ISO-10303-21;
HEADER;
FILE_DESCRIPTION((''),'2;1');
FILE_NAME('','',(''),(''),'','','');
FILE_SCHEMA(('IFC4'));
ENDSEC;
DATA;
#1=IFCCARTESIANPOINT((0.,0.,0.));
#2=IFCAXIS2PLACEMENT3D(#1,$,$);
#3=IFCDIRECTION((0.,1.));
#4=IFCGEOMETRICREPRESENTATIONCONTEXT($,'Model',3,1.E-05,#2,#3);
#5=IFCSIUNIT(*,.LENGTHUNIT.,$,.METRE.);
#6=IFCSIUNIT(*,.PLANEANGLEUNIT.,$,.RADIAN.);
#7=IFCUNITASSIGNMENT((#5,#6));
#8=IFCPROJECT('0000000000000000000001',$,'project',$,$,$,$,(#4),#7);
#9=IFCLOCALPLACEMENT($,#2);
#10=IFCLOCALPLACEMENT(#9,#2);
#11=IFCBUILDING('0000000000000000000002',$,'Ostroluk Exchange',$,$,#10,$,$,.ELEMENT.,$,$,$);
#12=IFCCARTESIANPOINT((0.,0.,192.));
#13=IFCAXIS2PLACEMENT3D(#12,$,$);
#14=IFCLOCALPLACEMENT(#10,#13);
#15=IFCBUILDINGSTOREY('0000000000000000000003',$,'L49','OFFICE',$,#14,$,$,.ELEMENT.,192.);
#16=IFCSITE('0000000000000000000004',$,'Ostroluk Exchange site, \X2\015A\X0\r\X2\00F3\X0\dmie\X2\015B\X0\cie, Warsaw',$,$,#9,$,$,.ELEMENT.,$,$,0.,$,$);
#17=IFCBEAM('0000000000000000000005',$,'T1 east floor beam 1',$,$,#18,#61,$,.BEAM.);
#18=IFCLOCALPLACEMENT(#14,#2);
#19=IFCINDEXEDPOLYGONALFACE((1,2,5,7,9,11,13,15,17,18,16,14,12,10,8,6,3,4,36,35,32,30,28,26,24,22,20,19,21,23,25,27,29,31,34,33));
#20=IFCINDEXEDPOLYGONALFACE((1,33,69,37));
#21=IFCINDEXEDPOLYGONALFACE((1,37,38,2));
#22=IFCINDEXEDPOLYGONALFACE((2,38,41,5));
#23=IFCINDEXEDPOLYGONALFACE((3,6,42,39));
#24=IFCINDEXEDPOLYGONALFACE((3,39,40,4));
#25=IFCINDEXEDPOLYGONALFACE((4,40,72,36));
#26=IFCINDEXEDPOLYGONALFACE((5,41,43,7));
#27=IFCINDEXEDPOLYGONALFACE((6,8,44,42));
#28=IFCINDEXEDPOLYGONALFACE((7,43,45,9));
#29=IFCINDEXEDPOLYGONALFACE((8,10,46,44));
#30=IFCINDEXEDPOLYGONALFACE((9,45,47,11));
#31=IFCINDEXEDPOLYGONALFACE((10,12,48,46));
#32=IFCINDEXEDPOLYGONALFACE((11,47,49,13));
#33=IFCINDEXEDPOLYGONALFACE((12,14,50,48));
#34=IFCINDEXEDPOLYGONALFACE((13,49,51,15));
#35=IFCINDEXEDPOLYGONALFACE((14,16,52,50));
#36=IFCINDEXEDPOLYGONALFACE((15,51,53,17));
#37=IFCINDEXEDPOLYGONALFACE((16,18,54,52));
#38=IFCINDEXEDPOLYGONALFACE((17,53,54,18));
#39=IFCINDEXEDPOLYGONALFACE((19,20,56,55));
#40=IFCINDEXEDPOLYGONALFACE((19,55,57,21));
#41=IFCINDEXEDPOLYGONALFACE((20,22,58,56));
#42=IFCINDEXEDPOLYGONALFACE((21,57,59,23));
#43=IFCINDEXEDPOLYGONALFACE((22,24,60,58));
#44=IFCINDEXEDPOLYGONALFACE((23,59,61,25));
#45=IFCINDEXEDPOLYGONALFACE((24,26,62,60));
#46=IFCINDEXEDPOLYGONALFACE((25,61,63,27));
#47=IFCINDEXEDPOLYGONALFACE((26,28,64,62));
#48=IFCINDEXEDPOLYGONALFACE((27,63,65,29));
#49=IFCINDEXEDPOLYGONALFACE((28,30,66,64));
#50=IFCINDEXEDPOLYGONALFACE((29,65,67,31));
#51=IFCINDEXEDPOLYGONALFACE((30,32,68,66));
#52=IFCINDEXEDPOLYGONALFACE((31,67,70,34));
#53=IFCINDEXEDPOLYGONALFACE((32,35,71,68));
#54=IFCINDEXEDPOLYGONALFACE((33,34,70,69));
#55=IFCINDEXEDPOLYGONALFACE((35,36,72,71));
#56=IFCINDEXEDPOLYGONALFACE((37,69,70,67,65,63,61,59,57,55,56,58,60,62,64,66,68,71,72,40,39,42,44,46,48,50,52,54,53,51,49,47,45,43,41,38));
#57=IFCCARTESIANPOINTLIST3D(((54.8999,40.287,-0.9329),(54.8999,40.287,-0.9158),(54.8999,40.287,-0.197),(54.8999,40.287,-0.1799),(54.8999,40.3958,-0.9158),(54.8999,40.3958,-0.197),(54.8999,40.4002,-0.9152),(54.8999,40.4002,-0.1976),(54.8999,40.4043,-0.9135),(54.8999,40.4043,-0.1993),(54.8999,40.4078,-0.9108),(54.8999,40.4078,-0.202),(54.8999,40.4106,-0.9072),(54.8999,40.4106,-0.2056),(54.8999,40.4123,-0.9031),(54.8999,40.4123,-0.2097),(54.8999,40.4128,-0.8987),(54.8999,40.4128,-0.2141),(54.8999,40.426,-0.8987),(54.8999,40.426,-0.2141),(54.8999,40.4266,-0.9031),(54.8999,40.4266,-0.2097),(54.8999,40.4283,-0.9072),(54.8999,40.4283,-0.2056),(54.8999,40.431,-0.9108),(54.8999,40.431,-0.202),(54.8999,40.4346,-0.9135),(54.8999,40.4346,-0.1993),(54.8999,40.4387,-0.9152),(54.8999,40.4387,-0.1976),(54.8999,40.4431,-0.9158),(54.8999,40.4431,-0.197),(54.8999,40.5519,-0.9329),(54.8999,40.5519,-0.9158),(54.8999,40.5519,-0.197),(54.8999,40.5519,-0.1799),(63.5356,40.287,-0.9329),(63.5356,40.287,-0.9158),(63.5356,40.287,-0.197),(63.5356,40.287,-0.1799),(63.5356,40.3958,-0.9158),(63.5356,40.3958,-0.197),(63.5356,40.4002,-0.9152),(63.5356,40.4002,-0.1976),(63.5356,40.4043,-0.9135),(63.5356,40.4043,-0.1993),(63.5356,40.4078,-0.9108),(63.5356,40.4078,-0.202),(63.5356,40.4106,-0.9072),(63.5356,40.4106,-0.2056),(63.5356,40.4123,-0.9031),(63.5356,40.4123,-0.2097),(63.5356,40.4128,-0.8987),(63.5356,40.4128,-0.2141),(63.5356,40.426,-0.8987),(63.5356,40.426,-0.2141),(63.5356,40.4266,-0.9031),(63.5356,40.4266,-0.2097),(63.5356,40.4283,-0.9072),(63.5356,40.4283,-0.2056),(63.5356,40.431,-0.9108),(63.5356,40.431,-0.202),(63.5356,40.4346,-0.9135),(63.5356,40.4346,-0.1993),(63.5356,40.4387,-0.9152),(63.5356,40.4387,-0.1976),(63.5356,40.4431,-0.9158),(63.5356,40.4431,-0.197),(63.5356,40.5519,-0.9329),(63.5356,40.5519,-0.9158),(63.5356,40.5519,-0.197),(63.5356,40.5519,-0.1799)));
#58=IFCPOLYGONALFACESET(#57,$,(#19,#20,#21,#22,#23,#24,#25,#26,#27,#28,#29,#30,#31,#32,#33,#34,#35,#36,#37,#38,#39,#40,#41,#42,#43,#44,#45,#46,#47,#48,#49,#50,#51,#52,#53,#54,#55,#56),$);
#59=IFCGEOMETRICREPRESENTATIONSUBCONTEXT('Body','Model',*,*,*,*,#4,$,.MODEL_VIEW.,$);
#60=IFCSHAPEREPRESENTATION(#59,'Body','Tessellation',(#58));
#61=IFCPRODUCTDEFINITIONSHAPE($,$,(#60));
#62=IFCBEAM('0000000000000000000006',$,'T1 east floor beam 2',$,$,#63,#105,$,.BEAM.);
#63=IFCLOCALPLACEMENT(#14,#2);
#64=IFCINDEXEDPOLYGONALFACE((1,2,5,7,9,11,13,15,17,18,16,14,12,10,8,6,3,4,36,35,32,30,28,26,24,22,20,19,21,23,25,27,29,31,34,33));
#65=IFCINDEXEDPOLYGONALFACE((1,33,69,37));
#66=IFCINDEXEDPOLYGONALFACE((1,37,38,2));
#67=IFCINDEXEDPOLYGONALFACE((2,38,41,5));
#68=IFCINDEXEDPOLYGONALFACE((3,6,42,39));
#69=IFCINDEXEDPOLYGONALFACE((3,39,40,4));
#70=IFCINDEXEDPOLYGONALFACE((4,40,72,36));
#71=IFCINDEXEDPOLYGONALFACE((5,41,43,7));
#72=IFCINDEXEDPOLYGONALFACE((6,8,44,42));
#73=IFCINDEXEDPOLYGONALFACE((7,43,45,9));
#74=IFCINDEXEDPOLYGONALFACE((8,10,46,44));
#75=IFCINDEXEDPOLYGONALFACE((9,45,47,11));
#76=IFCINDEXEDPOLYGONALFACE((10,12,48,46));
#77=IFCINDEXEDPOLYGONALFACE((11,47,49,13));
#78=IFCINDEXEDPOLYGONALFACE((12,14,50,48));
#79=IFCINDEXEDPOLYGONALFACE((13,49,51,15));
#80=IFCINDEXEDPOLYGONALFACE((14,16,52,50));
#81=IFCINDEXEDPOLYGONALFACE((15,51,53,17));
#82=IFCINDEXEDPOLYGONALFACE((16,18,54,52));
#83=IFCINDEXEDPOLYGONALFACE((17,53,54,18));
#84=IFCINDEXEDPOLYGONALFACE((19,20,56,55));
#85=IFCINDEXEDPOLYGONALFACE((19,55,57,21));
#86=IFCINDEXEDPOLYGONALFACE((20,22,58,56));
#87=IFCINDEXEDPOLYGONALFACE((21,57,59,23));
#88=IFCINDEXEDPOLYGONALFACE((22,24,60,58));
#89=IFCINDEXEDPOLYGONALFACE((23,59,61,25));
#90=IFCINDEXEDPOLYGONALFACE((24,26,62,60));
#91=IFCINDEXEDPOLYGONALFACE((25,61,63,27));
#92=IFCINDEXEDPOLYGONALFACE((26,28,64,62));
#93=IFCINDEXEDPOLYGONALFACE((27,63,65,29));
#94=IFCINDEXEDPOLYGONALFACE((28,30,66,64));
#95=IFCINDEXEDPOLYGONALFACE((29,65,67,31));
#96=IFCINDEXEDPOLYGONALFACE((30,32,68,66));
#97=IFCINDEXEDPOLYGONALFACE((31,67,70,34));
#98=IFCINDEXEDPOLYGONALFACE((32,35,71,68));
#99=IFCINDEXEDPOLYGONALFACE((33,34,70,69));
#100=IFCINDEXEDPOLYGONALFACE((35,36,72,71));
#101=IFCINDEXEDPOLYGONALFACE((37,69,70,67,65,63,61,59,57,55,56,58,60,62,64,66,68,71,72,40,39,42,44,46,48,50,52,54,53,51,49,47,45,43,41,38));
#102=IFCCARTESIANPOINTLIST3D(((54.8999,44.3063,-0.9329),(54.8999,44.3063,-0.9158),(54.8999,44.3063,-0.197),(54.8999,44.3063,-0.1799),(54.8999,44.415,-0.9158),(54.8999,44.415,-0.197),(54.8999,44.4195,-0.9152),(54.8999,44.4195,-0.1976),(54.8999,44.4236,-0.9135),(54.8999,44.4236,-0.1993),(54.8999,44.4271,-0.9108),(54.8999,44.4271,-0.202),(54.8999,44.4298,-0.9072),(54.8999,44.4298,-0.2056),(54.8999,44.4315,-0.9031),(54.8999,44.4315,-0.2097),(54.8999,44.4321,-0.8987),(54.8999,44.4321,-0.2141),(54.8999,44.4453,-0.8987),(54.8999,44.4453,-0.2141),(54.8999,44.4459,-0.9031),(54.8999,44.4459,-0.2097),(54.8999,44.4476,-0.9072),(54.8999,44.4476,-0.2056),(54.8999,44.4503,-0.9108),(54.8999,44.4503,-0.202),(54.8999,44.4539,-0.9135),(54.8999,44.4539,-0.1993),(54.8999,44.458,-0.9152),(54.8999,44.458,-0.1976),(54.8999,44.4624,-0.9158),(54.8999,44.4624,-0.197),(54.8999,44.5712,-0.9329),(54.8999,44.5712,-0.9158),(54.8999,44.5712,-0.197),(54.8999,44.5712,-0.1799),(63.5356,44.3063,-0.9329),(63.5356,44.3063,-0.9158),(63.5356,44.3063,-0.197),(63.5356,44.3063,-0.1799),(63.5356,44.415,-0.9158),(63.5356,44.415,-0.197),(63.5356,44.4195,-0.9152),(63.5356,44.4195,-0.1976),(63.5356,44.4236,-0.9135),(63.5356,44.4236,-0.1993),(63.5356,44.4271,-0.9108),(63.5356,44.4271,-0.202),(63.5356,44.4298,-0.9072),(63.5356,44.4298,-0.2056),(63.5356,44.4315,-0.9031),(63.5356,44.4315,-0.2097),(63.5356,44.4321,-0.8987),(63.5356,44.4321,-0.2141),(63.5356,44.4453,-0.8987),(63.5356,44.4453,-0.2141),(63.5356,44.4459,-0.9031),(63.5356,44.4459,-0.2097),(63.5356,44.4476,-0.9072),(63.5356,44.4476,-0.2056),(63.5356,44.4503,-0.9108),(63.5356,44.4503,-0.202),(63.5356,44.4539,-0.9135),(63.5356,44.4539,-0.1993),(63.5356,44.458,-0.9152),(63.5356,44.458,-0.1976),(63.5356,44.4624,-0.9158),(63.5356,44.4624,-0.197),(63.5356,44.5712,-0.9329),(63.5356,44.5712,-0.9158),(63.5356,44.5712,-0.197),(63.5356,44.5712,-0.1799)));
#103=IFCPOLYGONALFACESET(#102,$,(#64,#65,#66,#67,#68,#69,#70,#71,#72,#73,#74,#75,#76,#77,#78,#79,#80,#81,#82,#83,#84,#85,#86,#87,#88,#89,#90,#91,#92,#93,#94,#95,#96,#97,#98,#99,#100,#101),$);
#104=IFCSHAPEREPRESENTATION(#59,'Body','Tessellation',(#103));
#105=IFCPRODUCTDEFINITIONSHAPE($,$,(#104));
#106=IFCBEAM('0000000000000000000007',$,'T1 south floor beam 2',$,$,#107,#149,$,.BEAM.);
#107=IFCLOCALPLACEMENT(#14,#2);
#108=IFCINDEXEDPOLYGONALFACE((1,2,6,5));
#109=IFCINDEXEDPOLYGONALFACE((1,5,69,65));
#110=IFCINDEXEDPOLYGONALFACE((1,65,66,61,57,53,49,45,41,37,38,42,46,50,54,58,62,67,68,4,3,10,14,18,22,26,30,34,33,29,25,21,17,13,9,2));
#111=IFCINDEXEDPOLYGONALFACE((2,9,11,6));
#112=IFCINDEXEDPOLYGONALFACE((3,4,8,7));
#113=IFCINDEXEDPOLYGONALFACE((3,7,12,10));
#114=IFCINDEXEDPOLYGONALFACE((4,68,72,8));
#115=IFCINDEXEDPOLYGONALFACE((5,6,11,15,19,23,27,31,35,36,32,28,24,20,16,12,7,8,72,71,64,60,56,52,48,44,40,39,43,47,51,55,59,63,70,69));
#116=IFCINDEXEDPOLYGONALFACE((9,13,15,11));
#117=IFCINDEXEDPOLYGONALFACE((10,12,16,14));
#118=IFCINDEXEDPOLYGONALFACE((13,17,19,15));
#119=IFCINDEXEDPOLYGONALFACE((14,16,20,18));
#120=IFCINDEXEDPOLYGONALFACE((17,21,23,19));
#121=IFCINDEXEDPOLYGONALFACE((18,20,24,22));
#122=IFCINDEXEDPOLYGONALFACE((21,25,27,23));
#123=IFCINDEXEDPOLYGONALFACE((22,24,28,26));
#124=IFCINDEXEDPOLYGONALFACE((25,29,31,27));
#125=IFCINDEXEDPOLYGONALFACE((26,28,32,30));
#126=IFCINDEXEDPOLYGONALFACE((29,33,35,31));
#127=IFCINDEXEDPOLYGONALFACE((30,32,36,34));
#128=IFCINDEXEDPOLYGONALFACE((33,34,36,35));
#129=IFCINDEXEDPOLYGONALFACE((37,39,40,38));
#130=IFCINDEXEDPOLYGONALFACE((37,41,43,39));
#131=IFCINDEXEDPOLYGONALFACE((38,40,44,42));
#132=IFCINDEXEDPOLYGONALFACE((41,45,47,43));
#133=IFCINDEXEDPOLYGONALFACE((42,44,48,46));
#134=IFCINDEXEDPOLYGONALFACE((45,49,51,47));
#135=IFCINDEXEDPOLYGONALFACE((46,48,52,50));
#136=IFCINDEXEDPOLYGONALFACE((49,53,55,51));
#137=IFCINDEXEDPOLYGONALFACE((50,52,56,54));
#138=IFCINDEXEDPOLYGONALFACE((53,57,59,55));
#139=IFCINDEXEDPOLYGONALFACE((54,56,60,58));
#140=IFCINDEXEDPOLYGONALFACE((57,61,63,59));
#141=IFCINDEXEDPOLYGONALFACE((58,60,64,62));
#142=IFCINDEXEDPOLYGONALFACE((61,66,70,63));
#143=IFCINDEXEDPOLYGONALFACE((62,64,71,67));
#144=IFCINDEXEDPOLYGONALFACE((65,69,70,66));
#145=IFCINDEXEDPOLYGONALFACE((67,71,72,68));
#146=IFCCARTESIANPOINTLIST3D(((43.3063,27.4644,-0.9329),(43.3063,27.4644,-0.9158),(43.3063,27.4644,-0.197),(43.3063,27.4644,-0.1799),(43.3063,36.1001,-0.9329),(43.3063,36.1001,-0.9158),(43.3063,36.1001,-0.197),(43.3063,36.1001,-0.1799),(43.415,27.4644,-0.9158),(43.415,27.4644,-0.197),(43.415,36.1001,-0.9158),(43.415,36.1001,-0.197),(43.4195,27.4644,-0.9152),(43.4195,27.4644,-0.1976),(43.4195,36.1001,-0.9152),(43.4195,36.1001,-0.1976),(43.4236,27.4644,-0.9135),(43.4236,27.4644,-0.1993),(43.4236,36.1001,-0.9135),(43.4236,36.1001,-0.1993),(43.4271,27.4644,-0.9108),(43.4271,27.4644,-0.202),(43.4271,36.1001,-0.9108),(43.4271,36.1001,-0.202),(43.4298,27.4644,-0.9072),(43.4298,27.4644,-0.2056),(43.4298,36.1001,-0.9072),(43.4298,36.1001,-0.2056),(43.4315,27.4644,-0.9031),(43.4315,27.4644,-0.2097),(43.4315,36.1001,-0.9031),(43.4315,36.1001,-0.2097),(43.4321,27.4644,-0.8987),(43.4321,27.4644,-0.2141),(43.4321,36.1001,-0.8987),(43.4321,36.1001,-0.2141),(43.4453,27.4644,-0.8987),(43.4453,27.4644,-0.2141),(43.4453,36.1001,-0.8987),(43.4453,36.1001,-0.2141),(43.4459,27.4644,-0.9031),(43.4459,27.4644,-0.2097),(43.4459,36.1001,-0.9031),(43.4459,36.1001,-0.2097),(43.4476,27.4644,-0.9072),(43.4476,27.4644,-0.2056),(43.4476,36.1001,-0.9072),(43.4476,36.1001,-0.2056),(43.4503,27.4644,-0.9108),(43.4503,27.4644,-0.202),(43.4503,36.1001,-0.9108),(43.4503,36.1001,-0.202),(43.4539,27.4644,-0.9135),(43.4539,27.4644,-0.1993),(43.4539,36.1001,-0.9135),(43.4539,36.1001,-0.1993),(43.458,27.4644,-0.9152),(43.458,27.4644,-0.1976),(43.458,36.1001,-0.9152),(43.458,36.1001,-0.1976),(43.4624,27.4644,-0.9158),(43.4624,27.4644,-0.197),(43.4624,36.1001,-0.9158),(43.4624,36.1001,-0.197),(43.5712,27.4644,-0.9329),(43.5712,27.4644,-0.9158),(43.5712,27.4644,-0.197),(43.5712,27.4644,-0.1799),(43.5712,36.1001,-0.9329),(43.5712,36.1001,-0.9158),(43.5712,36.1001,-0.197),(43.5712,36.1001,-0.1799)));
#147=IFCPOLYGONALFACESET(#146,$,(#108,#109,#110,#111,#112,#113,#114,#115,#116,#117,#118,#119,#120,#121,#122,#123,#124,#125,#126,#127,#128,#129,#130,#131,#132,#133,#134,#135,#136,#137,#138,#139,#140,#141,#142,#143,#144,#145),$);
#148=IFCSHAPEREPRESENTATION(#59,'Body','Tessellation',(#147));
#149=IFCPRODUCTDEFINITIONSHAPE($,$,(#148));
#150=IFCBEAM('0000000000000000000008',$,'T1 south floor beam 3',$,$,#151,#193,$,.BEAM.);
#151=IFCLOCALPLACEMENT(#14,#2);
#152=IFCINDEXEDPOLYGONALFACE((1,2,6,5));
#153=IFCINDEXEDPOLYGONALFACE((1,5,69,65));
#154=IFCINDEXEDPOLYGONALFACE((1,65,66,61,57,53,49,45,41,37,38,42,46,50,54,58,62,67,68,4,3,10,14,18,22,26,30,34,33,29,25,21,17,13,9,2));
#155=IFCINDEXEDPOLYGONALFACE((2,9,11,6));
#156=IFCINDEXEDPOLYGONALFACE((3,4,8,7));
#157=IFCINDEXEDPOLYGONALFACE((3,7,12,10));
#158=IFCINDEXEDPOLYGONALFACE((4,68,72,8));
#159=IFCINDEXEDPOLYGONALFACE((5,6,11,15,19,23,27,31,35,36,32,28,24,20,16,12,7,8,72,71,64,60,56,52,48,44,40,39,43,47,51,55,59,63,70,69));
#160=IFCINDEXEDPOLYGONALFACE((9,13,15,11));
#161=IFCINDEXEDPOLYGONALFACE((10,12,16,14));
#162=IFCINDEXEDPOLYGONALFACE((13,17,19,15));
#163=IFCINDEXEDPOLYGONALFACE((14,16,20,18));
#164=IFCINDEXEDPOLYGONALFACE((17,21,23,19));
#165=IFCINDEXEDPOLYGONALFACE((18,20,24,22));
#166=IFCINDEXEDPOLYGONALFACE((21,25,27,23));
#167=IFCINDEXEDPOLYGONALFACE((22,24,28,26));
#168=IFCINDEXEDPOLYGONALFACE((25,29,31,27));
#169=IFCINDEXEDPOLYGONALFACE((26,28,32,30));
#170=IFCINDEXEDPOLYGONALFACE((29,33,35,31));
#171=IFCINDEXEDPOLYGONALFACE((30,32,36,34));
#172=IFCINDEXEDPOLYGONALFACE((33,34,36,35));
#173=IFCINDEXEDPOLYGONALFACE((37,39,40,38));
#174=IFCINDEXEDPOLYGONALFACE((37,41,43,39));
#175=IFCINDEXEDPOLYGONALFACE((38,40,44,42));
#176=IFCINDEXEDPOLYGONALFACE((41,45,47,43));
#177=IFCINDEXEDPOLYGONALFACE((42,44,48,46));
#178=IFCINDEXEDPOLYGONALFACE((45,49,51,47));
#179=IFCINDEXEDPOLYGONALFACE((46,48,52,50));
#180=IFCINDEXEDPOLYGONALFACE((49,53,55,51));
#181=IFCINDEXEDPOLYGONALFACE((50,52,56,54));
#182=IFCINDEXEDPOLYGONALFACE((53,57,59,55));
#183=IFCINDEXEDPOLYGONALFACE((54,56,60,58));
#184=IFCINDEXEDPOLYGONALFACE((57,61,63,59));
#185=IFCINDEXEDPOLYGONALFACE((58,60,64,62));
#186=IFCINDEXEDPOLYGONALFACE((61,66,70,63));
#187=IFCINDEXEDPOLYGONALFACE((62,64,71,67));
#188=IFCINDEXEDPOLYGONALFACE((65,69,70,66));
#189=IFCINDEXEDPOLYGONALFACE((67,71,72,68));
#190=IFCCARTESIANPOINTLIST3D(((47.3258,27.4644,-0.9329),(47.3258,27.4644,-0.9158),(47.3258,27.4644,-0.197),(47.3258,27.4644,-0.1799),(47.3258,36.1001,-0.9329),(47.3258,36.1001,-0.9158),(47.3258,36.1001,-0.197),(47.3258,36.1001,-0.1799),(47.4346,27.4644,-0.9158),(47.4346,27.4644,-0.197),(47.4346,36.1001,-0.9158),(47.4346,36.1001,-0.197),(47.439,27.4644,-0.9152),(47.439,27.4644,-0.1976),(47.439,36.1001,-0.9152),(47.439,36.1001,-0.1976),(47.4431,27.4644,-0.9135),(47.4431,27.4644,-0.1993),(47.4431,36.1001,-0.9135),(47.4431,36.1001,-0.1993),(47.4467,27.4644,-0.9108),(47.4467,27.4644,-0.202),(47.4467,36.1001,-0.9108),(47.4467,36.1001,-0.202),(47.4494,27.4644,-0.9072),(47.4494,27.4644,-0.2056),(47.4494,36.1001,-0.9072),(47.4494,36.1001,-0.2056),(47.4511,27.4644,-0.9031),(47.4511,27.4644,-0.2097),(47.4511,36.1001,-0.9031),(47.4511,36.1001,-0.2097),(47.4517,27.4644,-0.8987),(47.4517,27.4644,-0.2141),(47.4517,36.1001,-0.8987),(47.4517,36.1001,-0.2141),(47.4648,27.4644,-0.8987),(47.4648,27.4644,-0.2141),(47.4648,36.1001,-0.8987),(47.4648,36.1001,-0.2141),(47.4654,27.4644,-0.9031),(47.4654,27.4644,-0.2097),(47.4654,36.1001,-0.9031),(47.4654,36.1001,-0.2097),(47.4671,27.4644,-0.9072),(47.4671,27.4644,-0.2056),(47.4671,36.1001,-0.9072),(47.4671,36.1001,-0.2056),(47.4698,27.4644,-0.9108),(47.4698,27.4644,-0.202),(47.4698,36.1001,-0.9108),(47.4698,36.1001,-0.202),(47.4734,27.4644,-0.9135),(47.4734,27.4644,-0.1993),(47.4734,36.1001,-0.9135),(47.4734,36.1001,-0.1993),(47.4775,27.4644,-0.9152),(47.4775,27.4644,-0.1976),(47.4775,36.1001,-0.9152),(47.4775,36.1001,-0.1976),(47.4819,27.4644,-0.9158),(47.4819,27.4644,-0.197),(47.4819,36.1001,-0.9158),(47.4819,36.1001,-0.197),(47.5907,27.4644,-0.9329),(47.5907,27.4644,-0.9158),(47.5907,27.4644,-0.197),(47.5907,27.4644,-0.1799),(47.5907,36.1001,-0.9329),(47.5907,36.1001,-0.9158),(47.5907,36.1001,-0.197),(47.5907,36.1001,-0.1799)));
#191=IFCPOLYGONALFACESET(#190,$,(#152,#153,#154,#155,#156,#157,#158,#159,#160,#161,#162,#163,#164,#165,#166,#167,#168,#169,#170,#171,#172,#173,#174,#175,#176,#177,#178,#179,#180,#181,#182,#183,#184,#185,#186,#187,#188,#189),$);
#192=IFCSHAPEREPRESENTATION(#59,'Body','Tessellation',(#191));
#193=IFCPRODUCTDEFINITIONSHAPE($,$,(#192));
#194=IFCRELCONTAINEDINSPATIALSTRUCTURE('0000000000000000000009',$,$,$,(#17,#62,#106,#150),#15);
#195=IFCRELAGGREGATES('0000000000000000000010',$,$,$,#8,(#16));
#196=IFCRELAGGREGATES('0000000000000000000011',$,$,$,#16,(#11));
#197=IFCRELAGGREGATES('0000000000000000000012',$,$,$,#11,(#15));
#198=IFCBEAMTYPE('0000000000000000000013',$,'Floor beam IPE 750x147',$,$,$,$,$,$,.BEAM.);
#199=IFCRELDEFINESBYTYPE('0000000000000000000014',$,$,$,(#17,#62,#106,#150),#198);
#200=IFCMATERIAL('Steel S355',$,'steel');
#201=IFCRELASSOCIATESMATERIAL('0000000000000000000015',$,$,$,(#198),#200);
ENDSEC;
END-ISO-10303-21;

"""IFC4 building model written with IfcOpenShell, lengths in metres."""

from ifc_helpers import new_model, si_unit, direction, frame, origin, origin_2d, place, context, subcontext, project, spatial, i_section, extrude, material, material_profile, profile_set, type_object, element, save


model = new_model("IFC4")

# Units and contexts
model_context = context("Model", 3, precision=1e-05, world=origin(), true_north=direction((0.0, 1.0)))
body_context = subcontext(model_context, "Body", "Model", "MODEL_VIEW")
ifc_project = project(units=[si_unit("LENGTHUNIT", "METRE"), si_unit("PLANEANGLEUNIT", "RADIAN")], contexts=[model_context])

# Site, building, storey
site_placement = place(None, origin())
site = spatial("IfcSite", under=ifc_project, at=site_placement, Name="Ostroluk Exchange site, Śródmieście, Warsaw", CompositionType="ELEMENT", RefElevation=0.0)
building_placement = place(site_placement, origin())
building = spatial("IfcBuilding", under=site, at=building_placement, Name="Ostroluk Exchange", CompositionType="ELEMENT")
storey_placement = place(building_placement, frame((0.0, 0.0, 192.0)))
storey = spatial("IfcBuildingStorey", under=building, at=storey_placement, Name="L49", Description="OFFICE", CompositionType="ELEMENT", Elevation=192.0)

# Beams
ifc_material_1 = material(Name="Steel S355", Category="steel")
ifc_material_profile_1 = material_profile(ifc_material_1, i_section(OverallWidth=0.2649, OverallDepth=0.7529, WebThickness=0.0132, FlangeThickness=0.0171, FilletRadius=0.0171, at=origin_2d()), Name="IPE 750x147")
ifc_profile_set_1 = profile_set([ifc_material_profile_1], Name="Steel S355")
beam_type_1 = type_object("IfcBeamType", Name="Floor beam IPE 750x147", PredefinedType="BEAM", material=ifc_profile_set_1)
for number, where, z_axis, x_axis, name in (
    (1, (54.8999, 40.4194, -0.5564), (1.0, 0.0, 0.0), (0.0, 1.0, 0.0), "T1 east floor beam 1"),
    (2, (54.8999, 44.4387, -0.5564), (1.0, 0.0, 0.0), (0.0, 1.0, 0.0), "T1 east floor beam 2"),
    (3, (43.4387, 36.1001, -0.5564), (0.0, -1.0, 0.0), (1.0, 0.0, 0.0), "T1 south floor beam 2"),
    (4, (47.4583, 36.1001, -0.5564), (0.0, -1.0, 0.0), (1.0, 0.0, 0.0), "T1 south floor beam 3"),
):
    element("IfcBeam", number, at=place(storey_placement, frame(where, z_axis=z_axis, x_axis=x_axis)), inside=storey, type_object=beam_type_1, Name=name, PredefinedType="BEAM", context=body_context, shape_type="SweptSolid", body=[
        extrude(i_section(OverallWidth=0.2649, OverallDepth=0.7529, WebThickness=0.0132, FlangeThickness=0.0171, FilletRadius=0.0171, at=origin_2d()), origin(), (0.0, 0.0, 1.0), 8.6357),
    ])

save(model, "model.ifc")
